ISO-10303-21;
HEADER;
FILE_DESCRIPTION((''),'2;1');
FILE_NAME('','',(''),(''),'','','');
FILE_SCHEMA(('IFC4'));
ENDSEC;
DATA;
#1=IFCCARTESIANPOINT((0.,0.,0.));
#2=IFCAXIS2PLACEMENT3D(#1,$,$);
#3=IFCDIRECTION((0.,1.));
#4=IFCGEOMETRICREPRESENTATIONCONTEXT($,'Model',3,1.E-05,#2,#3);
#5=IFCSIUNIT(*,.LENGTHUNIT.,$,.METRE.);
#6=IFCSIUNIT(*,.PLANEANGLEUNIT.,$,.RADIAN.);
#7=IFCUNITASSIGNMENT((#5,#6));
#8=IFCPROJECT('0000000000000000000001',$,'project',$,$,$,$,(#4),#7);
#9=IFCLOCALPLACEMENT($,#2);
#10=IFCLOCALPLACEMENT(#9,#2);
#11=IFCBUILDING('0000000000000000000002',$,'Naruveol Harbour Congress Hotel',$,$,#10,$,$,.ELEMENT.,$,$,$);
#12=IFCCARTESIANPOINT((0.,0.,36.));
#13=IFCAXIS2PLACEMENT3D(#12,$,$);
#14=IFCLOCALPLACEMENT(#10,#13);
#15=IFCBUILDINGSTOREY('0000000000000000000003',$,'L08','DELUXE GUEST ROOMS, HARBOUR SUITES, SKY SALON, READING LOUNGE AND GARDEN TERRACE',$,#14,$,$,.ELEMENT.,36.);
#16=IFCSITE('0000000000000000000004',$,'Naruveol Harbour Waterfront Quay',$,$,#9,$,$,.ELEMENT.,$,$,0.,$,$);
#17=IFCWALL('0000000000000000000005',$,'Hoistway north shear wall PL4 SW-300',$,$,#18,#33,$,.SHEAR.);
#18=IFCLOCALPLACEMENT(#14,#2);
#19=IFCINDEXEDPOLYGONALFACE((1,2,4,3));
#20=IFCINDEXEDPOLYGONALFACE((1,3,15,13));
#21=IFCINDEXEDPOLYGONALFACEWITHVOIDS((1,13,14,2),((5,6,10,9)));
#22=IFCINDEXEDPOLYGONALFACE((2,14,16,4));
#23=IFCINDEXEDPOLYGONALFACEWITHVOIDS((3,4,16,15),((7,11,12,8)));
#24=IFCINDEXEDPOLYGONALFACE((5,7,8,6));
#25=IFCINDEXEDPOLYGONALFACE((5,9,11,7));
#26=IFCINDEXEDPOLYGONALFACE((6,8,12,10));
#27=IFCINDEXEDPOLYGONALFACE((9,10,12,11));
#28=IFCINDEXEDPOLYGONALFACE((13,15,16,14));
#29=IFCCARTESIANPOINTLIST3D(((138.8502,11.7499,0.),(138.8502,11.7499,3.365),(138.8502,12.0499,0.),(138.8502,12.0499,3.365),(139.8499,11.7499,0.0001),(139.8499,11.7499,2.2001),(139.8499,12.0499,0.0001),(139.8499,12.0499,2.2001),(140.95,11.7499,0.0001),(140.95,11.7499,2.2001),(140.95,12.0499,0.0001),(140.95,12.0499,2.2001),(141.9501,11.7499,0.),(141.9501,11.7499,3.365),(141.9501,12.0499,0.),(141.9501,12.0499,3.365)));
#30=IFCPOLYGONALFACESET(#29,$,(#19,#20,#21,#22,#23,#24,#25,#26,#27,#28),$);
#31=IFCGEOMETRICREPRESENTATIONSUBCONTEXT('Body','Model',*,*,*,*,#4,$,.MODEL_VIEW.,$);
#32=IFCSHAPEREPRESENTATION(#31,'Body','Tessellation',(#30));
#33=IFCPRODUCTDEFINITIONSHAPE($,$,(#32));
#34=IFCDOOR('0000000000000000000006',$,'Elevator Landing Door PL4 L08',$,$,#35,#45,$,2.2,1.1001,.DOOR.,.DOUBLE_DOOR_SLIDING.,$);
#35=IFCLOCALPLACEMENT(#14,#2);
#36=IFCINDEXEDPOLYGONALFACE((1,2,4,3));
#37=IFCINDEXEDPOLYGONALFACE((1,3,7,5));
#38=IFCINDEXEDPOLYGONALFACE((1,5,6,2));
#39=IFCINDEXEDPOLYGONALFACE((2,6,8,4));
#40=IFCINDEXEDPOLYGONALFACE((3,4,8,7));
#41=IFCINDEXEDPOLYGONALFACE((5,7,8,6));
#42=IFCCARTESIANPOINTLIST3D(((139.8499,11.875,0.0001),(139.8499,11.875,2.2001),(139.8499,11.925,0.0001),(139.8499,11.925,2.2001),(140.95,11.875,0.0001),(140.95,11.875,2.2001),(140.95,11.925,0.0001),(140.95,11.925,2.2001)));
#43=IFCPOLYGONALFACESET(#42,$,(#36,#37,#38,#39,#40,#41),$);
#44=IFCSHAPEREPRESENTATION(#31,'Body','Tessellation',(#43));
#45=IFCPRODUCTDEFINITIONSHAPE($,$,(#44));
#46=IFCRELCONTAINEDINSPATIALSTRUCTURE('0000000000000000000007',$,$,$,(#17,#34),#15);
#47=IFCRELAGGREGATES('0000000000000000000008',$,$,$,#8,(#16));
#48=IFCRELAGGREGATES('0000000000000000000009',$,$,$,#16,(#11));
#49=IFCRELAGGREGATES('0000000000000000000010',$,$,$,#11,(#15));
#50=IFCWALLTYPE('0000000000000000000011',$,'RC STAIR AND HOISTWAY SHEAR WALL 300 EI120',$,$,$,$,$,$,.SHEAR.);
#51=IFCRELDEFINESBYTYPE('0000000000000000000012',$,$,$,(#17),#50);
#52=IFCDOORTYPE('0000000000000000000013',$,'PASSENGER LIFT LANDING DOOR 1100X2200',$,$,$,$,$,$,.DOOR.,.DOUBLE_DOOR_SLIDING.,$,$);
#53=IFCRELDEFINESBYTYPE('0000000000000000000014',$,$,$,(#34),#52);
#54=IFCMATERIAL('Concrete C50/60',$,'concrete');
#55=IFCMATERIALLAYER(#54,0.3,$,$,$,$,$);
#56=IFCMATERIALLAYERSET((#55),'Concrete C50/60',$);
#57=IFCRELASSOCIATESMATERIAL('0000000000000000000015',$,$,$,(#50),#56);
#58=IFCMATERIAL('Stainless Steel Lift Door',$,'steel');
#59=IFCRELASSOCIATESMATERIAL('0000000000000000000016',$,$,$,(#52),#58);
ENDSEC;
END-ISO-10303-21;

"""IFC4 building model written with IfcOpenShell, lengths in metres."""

from ifc_helpers import new_model, si_unit, direction, frame, frame_2d, origin, place, context, subcontext, project, spatial, rectangle, extrude, material, layer, layer_set, type_object, element, fill, save


model = new_model("IFC4")

# Units and contexts
model_context = context("Model", 3, precision=1e-05, world=origin(), true_north=direction((0.0, 1.0)))
body_context = subcontext(model_context, "Body", "Model", "MODEL_VIEW")
ifc_project = project(units=[si_unit("LENGTHUNIT", "METRE"), si_unit("PLANEANGLEUNIT", "RADIAN")], contexts=[model_context])

# Site, building, storey
site_placement = place(None, origin())
site = spatial("IfcSite", under=ifc_project, at=site_placement, Name="Naruveol Harbour Waterfront Quay", CompositionType="ELEMENT", RefElevation=0.0)
building_placement = place(site_placement, origin())
building = spatial("IfcBuilding", under=site, at=building_placement, Name="Naruveol Harbour Congress Hotel", CompositionType="ELEMENT")
storey_placement = place(building_placement, frame((0.0, 0.0, 36.0)))
storey = spatial("IfcBuildingStorey", under=building, at=storey_placement, Name="L08", Description="DELUXE GUEST ROOMS, HARBOUR SUITES, SKY SALON, READING LOUNGE AND GARDEN TERRACE", CompositionType="ELEMENT", Elevation=36.0)

# Shared definitions
ifc_material_1 = material(Name="Concrete C50/60", Category="concrete")
ifc_layer_1 = layer(ifc_material_1, 0.3)
ifc_layer_set_1 = layer_set([ifc_layer_1], Name="Concrete C50/60")
wall_type_1 = type_object("IfcWallType", Name="RC STAIR AND HOISTWAY SHEAR WALL 300 EI120", PredefinedType="SHEAR", material=ifc_layer_set_1)

# Wall, opening, door
wall_1_placement = place(storey_placement, frame((141.95, 11.8999, 0.0), z_axis=(0.0, 0.0, 1.0), x_axis=(-1.0, 0.0, 0.0)))
wall_1 = element("IfcWall", 1, at=wall_1_placement, inside=storey, type_object=wall_type_1, Name="Hoistway north shear wall PL4 SW-300", PredefinedType="SHEAR", context=body_context, shape_type="SweptSolid", body=[
    extrude(rectangle(XDim=3.0999, YDim=0.3, at=frame_2d((1.5498, 0.0))), origin(), (0.0, 0.0, 1.0), 3.365),
])
opening_1_placement = place(wall_1_placement, frame((1.0, 0.0, 0.0)))
opening_1 = element("IfcOpeningElement", 2, at=opening_1_placement, cuts=wall_1, PredefinedType="OPENING", context=body_context, shape_type="SweptSolid", body=[
    extrude(rectangle(XDim=1.1001, YDim=2.2, at=frame_2d((0.55, 1.1001))), frame((0.0, 0.1599, 0.0), z_axis=(0.0, -1.0, 0.0), x_axis=(1.0, 0.0, 0.0)), (0.0, 0.0, 1.0), 0.3201),
])
ifc_material_2 = material(Name="Stainless Steel Lift Door", Category="steel")
door_type_1 = type_object("IfcDoorType", Name="PASSENGER LIFT LANDING DOOR 1100X2200", OperationType="DOUBLE_DOOR_SLIDING", PredefinedType="DOOR", material=ifc_material_2)
door_1_placement = place(opening_1_placement, origin())
door_1 = element("IfcDoor", 3, at=door_1_placement, inside=storey, type_object=door_type_1, Name="Elevator Landing Door PL4 L08", OperationType="DOUBLE_DOOR_SLIDING", OverallHeight=2.2, OverallWidth=1.1001, PredefinedType="DOOR", context=body_context, shape_type="SweptSolid", body=[
    extrude(rectangle(XDim=1.1001, YDim=2.2, at=frame_2d((0.55, 1.1001))), frame((0.0, 0.0249, 0.0), z_axis=(0.0, -1.0, 0.0), x_axis=(1.0, 0.0, 0.0)), (0.0, 0.0, 1.0), 0.05),
])
fill(opening_1, door_1)

save(model, "model.ifc")
